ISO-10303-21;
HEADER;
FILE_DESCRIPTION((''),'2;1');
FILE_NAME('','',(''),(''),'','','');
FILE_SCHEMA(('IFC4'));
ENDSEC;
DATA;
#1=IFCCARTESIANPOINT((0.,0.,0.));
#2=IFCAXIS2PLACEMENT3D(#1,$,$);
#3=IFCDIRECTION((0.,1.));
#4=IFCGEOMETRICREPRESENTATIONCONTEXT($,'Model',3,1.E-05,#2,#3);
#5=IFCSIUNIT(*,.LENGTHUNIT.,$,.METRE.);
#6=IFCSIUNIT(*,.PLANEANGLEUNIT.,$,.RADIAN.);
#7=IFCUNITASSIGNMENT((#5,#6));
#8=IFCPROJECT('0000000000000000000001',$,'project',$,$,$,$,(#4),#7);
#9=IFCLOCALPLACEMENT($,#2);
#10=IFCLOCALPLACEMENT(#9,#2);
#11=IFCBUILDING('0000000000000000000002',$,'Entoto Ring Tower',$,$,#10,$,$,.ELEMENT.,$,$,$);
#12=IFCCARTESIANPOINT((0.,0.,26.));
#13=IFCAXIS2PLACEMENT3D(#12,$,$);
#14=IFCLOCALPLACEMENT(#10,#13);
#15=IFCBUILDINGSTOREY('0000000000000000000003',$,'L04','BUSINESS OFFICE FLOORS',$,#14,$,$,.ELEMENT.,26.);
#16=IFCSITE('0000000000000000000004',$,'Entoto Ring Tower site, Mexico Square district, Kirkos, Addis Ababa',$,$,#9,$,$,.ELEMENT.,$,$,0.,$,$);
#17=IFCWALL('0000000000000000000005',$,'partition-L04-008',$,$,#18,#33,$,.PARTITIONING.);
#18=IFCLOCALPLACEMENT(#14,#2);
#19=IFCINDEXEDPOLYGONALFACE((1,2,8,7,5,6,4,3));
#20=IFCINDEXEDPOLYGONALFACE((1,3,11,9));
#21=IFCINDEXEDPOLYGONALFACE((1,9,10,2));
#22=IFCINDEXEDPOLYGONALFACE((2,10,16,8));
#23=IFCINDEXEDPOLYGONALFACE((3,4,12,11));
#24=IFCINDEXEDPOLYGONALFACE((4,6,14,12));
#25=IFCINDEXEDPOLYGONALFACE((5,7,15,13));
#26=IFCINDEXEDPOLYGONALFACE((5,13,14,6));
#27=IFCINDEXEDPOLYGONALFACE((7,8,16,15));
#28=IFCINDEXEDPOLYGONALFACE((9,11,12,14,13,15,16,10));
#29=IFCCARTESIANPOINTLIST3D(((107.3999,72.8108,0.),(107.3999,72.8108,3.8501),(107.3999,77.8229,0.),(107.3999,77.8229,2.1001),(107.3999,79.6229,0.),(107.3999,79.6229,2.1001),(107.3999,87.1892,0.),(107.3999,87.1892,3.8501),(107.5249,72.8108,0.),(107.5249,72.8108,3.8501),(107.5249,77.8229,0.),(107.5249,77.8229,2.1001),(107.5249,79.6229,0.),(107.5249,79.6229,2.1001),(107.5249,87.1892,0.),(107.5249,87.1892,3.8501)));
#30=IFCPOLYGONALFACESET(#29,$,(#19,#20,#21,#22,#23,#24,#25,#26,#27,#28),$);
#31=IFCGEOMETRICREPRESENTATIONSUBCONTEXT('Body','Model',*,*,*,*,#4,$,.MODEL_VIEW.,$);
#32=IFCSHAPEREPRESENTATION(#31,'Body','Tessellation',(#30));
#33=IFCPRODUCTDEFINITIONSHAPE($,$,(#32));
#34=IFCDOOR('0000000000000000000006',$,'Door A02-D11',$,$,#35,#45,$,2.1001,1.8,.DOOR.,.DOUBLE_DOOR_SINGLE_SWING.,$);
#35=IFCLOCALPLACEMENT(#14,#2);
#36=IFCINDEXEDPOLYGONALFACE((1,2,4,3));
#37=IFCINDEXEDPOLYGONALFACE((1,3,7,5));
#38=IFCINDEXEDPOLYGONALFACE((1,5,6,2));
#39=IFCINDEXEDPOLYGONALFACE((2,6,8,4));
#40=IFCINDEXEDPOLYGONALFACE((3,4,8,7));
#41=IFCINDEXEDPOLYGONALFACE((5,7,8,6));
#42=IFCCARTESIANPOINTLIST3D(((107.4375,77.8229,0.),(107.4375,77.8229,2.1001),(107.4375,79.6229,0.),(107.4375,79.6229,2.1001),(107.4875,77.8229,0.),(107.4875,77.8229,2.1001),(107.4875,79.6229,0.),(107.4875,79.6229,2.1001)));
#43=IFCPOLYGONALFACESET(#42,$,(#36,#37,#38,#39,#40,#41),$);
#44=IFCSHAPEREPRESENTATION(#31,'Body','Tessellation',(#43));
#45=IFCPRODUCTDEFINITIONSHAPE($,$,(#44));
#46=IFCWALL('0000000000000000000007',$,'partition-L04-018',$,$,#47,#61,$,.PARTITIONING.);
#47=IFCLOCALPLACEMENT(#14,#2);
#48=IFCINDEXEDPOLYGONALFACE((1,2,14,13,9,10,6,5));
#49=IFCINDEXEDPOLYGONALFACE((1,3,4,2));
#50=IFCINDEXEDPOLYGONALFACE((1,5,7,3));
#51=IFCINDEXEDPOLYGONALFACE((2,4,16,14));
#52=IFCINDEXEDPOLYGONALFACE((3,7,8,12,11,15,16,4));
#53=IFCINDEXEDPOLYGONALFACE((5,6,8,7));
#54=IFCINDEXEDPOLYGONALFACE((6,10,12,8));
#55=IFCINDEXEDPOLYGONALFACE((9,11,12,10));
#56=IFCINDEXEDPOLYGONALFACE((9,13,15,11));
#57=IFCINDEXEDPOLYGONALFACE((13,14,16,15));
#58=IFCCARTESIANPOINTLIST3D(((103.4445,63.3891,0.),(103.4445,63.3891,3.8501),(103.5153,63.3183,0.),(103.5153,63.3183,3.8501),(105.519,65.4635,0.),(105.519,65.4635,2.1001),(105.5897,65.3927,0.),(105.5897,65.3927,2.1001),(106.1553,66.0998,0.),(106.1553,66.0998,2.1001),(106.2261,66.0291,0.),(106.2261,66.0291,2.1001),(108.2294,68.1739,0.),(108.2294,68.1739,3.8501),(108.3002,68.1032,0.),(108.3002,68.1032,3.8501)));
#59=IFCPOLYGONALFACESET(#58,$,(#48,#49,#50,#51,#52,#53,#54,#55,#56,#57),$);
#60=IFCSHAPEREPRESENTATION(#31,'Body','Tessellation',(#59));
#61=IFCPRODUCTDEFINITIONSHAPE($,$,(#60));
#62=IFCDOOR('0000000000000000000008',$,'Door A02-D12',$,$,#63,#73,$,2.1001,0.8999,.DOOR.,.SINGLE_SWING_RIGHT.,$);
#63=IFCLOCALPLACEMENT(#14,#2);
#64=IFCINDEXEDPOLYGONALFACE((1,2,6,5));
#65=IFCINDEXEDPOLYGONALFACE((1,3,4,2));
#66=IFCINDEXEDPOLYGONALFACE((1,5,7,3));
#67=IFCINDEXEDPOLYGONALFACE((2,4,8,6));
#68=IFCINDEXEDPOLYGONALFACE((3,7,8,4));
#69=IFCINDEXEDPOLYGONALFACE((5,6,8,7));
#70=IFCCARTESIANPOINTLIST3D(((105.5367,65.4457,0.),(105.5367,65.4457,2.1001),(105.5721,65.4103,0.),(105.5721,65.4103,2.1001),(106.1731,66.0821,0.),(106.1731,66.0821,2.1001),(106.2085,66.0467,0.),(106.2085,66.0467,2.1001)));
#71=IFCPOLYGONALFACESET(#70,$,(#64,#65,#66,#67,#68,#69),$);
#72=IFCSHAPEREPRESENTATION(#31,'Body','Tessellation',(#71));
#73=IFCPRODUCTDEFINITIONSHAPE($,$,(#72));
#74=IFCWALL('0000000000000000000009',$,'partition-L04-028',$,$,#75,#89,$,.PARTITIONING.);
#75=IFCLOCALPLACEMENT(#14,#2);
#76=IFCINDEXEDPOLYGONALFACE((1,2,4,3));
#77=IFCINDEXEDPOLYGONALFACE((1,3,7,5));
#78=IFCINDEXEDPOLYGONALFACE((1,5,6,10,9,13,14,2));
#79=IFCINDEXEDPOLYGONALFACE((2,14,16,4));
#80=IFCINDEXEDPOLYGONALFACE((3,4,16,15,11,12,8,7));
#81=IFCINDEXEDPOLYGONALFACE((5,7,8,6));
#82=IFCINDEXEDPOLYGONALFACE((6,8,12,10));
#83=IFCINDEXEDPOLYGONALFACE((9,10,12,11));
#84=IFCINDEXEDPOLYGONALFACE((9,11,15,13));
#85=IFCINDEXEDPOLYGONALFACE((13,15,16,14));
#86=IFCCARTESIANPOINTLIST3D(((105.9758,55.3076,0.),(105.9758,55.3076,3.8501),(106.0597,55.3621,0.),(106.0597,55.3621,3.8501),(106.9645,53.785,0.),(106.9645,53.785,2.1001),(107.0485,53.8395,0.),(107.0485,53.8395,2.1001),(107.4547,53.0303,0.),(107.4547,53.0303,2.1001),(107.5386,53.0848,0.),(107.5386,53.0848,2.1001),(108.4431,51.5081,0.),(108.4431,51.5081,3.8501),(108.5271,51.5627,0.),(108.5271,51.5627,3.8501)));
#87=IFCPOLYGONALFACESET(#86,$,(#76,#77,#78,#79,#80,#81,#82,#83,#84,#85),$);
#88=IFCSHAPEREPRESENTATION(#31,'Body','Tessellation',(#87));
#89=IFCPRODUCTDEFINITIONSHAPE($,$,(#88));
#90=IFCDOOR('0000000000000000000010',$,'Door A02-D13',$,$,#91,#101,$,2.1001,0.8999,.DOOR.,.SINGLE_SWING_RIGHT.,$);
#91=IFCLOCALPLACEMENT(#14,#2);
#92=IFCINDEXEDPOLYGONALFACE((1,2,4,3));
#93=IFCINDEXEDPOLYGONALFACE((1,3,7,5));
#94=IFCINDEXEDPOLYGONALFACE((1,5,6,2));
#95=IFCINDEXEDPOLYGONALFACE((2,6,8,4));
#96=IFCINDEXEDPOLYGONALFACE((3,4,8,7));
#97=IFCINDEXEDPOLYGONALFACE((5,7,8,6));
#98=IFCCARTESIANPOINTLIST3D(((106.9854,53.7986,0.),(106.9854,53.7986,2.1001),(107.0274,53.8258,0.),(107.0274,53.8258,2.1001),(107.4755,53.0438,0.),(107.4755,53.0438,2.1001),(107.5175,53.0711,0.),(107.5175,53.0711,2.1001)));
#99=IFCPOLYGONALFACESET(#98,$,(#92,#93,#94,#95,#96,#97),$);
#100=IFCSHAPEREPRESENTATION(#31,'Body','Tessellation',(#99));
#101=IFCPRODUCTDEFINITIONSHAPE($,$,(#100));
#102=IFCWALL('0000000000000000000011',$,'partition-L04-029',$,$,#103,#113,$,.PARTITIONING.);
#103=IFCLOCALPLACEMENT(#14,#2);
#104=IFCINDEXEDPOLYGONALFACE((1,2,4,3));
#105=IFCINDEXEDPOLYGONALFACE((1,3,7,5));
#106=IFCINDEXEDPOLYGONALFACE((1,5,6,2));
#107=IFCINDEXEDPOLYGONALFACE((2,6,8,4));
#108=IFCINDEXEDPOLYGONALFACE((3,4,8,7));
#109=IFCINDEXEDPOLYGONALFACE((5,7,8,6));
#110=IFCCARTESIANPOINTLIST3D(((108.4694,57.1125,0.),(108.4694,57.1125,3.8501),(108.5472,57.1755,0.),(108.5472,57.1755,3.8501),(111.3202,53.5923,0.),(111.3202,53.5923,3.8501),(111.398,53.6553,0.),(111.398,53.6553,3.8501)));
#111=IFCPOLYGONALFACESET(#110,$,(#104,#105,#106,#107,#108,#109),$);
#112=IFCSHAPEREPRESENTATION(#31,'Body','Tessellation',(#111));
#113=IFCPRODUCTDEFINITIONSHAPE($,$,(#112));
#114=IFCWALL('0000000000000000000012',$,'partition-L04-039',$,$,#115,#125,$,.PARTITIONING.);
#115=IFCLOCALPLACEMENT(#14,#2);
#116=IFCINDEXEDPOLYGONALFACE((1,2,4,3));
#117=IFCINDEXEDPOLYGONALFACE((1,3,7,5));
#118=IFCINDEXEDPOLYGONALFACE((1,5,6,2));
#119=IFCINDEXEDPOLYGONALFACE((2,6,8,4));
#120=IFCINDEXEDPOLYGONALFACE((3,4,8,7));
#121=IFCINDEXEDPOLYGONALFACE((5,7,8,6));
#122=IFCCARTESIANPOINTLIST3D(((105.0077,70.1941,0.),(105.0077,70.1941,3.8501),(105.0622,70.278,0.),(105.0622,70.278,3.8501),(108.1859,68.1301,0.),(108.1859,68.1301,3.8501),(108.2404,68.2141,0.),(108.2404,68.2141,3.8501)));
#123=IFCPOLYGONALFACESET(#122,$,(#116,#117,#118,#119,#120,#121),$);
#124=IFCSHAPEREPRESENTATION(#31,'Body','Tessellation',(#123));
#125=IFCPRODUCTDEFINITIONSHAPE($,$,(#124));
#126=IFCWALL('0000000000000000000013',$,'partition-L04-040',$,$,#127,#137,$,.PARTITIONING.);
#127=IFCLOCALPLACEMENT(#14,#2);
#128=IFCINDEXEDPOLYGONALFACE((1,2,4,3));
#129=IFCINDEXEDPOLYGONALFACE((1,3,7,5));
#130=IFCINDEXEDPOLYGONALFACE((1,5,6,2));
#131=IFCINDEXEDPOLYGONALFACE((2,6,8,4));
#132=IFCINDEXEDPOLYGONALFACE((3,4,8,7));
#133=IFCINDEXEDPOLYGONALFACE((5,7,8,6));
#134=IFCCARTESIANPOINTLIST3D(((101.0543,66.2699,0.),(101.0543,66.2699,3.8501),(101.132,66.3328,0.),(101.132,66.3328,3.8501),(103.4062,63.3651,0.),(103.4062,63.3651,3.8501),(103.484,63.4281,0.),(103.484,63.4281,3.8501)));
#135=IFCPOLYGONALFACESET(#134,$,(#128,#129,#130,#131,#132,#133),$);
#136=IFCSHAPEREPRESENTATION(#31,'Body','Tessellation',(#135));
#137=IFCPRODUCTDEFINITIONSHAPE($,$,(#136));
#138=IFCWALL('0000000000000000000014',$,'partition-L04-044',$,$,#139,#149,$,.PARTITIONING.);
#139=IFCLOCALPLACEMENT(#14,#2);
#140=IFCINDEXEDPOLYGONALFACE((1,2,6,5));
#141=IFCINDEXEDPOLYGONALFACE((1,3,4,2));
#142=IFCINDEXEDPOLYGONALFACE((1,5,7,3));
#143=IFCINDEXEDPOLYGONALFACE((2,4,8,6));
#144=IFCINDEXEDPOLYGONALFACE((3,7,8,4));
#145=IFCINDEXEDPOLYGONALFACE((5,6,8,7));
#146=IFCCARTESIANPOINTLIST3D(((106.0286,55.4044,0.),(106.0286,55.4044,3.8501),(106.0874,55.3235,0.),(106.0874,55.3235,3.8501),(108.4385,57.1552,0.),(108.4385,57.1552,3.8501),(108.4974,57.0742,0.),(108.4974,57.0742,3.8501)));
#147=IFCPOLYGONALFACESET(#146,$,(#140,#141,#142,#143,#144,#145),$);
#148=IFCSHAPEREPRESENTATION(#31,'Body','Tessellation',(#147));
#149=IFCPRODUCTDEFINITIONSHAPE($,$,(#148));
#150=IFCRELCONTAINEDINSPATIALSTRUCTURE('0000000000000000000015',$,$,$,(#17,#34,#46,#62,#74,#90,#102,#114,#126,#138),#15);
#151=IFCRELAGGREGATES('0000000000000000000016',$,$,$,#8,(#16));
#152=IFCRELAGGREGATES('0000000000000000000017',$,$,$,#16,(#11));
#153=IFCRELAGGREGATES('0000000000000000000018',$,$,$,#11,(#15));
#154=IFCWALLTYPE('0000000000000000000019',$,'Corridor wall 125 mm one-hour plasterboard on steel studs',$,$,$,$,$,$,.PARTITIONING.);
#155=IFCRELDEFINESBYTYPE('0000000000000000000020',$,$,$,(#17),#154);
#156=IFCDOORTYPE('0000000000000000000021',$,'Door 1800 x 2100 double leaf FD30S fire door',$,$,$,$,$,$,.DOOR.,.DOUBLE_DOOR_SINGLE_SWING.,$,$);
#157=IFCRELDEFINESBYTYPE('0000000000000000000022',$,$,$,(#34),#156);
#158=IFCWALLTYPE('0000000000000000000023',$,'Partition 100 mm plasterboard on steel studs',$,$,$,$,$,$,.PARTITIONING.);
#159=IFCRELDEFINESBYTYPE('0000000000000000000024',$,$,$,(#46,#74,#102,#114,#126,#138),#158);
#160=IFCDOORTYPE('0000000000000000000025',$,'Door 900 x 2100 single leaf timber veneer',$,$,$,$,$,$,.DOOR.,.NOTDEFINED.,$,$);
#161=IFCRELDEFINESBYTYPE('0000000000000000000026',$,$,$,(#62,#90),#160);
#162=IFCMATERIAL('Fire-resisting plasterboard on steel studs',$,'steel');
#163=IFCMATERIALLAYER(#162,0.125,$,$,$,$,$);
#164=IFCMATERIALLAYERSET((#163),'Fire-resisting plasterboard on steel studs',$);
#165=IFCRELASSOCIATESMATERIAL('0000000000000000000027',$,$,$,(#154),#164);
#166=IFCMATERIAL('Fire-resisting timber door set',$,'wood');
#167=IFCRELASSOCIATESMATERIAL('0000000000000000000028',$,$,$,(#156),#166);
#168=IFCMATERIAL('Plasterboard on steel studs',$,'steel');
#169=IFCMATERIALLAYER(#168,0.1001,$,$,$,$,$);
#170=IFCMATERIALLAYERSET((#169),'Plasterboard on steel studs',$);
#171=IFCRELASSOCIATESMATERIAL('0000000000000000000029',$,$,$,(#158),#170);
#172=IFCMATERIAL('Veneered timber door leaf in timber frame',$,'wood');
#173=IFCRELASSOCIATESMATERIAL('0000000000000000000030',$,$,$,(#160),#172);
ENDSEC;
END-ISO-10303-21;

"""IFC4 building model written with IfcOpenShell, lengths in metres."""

from ifc_helpers import new_model, si_unit, direction, frame, frame_2d, origin, place, context, subcontext, project, spatial, rectangle, extrude, material, layer, layer_set, type_object, element, fill, save


model = new_model("IFC4")

# Units and contexts
model_context = context("Model", 3, precision=1e-05, world=origin(), true_north=direction((0.0, 1.0)))
body_context = subcontext(model_context, "Body", "Model", "MODEL_VIEW")
ifc_project = project(units=[si_unit("LENGTHUNIT", "METRE"), si_unit("PLANEANGLEUNIT", "RADIAN")], contexts=[model_context])

# Site, building, storey
site_placement = place(None, origin())
site = spatial("IfcSite", under=ifc_project, at=site_placement, Name="Entoto Ring Tower site, Mexico Square district, Kirkos, Addis Ababa", CompositionType="ELEMENT", RefElevation=0.0)
building_placement = place(site_placement, origin())
building = spatial("IfcBuilding", under=site, at=building_placement, Name="Entoto Ring Tower", CompositionType="ELEMENT")
storey_placement = place(building_placement, frame((0.0, 0.0, 26.0)))
storey = spatial("IfcBuildingStorey", under=building, at=storey_placement, Name="L04", Description="BUSINESS OFFICE FLOORS", CompositionType="ELEMENT", Elevation=26.0)

# Walls, openings, doors
ifc_material_1 = material(Name="Fire-resisting plasterboard on steel studs", Category="steel")
ifc_layer_1 = layer(ifc_material_1, 0.125)
ifc_layer_set_1 = layer_set([ifc_layer_1], Name="Fire-resisting plasterboard on steel studs")
wall_type_1 = type_object("IfcWallType", Name="Corridor wall 125 mm one-hour plasterboard on steel studs", PredefinedType="PARTITIONING", material=ifc_layer_set_1)
wall_1_placement = place(storey_placement, frame((107.4624, 72.8108, 0.0), z_axis=(0.0, 0.0, 1.0), x_axis=(0.0, 1.0, 0.0)))
wall_1 = element("IfcWall", 1, at=wall_1_placement, inside=storey, type_object=wall_type_1, Name="partition-L04-008", PredefinedType="PARTITIONING", context=body_context, shape_type="SweptSolid", body=[
    extrude(rectangle(XDim=14.3784, YDim=0.125, at=frame_2d((7.1892, 0.0))), origin(), (0.0, 0.0, 1.0), 3.8501),
])
opening_1_placement = place(wall_1_placement, frame((5.0122, 0.0, 0.0)))
opening_1 = element("IfcOpeningElement", 2, at=opening_1_placement, cuts=wall_1, PredefinedType="OPENING", context=body_context, shape_type="SweptSolid", body=[
    extrude(rectangle(XDim=1.8, YDim=2.1001, at=frame_2d((0.8999, 1.05))), frame((0.0, 0.0725, 0.0), z_axis=(0.0, -1.0, 0.0), x_axis=(1.0, 0.0, 0.0)), (0.0, 0.0, 1.0), 0.145),
])
ifc_material_2 = material(Name="Fire-resisting timber door set", Category="wood")
door_type_1 = type_object("IfcDoorType", Name="Door 1800 x 2100 double leaf FD30S fire door", OperationType="DOUBLE_DOOR_SINGLE_SWING", PredefinedType="DOOR", material=ifc_material_2)
door_1_placement = place(opening_1_placement, origin())
door_1 = element("IfcDoor", 3, at=door_1_placement, inside=storey, type_object=door_type_1, Name="Door A02-D11", OperationType="DOUBLE_DOOR_SINGLE_SWING", OverallHeight=2.1001, OverallWidth=1.8, PredefinedType="DOOR", context=body_context, shape_type="SweptSolid", body=[
    extrude(rectangle(XDim=1.8, YDim=2.1001, at=frame_2d((0.8999, 1.05))), frame((0.0, 0.0249, 0.0), z_axis=(0.0, -1.0, 0.0), x_axis=(1.0, 0.0, 0.0)), (0.0, 0.0, 1.0), 0.05),
])
fill(opening_1, door_1)
ifc_material_3 = material(Name="Plasterboard on steel studs", Category="steel")
ifc_layer_2 = layer(ifc_material_3, 0.1001)
ifc_layer_set_2 = layer_set([ifc_layer_2], Name="Plasterboard on steel studs")
wall_type_2 = type_object("IfcWallType", Name="Partition 100 mm plasterboard on steel studs", PredefinedType="PARTITIONING", material=ifc_layer_set_2)
wall_2_placement = place(storey_placement, frame((103.48, 63.3538, 0.0), z_axis=(0.0, 0.0, 1.0), x_axis=(0.707107, 0.707107, 0.0)))
wall_2 = element("IfcWall", 4, at=wall_2_placement, inside=storey, type_object=wall_type_2, Name="partition-L04-018", PredefinedType="PARTITIONING", context=body_context, shape_type="SweptSolid", body=[
    extrude(rectangle(XDim=6.7668, YDim=0.1001, at=frame_2d((3.3833, 0.0))), origin(), (0.0, 0.0, 1.0), 3.8501),
])
opening_2_placement = place(wall_2_placement, frame((2.9336, 0.0, 0.0)))
opening_2 = element("IfcOpeningElement", 5, at=opening_2_placement, cuts=wall_2, PredefinedType="OPENING", context=body_context, shape_type="SweptSolid", body=[
    extrude(rectangle(XDim=0.8999, YDim=2.1001, at=frame_2d((0.45, 1.05))), frame((0.0, 0.0601, 0.0), z_axis=(0.0, -1.0, 0.0), x_axis=(1.0, 0.0, 0.0)), (0.0, 0.0, 1.0), 0.1201),
])
ifc_material_4 = material(Name="Veneered timber door leaf in timber frame", Category="wood")
door_type_2 = type_object("IfcDoorType", Name="Door 900 x 2100 single leaf timber veneer", OperationType="NOTDEFINED", PredefinedType="DOOR", material=ifc_material_4)
door_2_placement = place(opening_2_placement, origin())
door_2 = element("IfcDoor", 6, at=door_2_placement, inside=storey, type_object=door_type_2, Name="Door A02-D12", OperationType="SINGLE_SWING_RIGHT", OverallHeight=2.1001, OverallWidth=0.8999, PredefinedType="DOOR", context=body_context, shape_type="SweptSolid", body=[
    extrude(rectangle(XDim=0.8999, YDim=2.1001, at=frame_2d((0.45, 1.05))), frame((0.0, 0.0249, 0.0), z_axis=(0.0, -1.0, 0.0), x_axis=(1.0, 0.0, 0.0)), (0.0, 0.0, 1.0), 0.05),
])
fill(opening_2, door_2)
wall_3_placement = place(storey_placement, frame((108.4851, 51.5354, 0.0), z_axis=(0.0, 0.0, 1.0), x_axis=(-0.544636, 0.838673, 0.0)))
wall_3 = element("IfcWall", 7, at=wall_3_placement, inside=storey, type_object=wall_type_2, Name="partition-L04-028", PredefinedType="PARTITIONING", context=body_context, shape_type="SweptSolid", body=[
    extrude(rectangle(XDim=4.5303, YDim=0.1001, at=frame_2d((2.2651, 0.0))), origin(), (0.0, 0.0, 1.0), 3.8501),
])
opening_3_placement = place(wall_3_placement, frame((1.8149, 0.0, 0.0)))
opening_3 = element("IfcOpeningElement", 8, at=opening_3_placement, cuts=wall_3, PredefinedType="OPENING", context=body_context, shape_type="SweptSolid", body=[
    extrude(rectangle(XDim=0.8999, YDim=2.1001, at=frame_2d((0.45, 1.05))), frame((0.0, 0.0601, 0.0), z_axis=(0.0, -1.0, 0.0), x_axis=(1.0, 0.0, 0.0)), (0.0, 0.0, 1.0), 0.1201),
])
door_3_placement = place(opening_3_placement, frame((0.8999, 0.0, 0.0), z_axis=(0.0, 0.0, 1.0), x_axis=(-1.0, 0.0, 0.0)))
door_3 = element("IfcDoor", 9, at=door_3_placement, inside=storey, type_object=door_type_2, Name="Door A02-D13", OperationType="SINGLE_SWING_RIGHT", OverallHeight=2.1001, OverallWidth=0.8999, PredefinedType="DOOR", context=body_context, shape_type="SweptSolid", body=[
    extrude(rectangle(XDim=0.8999, YDim=2.1001, at=frame_2d((0.45, 1.05))), frame((0.0, 0.0249, 0.0), z_axis=(0.0, -1.0, 0.0), x_axis=(1.0, 0.0, 0.0)), (0.0, 0.0, 1.0), 0.05),
])
fill(opening_3, door_3)

# Walls
wall_4_placement = place(storey_placement, frame((111.3591, 53.6238, 0.0), z_axis=(0.0, 0.0, 1.0), x_axis=(-0.629344, 0.777127, 0.0)))
element("IfcWall", 10, at=wall_4_placement, inside=storey, type_object=wall_type_2, Name="partition-L04-029", PredefinedType="PARTITIONING", context=body_context, shape_type="SweptSolid", body=[
    extrude(rectangle(XDim=4.5298, YDim=0.1001, at=frame_2d((2.2649, 0.0))), origin(), (0.0, 0.0, 1.0), 3.8501),
])
wall_5_placement = place(storey_placement, frame((108.2131, 68.1721, 0.0), z_axis=(0.0, 0.0, 1.0), x_axis=(-0.83867, 0.54464, 0.0)))
element("IfcWall", 11, at=wall_5_placement, inside=storey, type_object=wall_type_2, Name="partition-L04-039", PredefinedType="PARTITIONING", context=body_context, shape_type="SweptSolid", body=[
    extrude(rectangle(XDim=3.7896, YDim=0.1001, at=frame_2d((1.8948, 0.0))), origin(), (0.0, 0.0, 1.0), 3.8501),
])
wall_6_placement = place(storey_placement, frame((103.4451, 63.3967, 0.0), z_axis=(0.0, 0.0, 1.0), x_axis=(-0.629288, 0.777172, 0.0)))
element("IfcWall", 12, at=wall_6_placement, inside=storey, type_object=wall_type_2, Name="partition-L04-040", PredefinedType="PARTITIONING", context=body_context, shape_type="SweptSolid", body=[
    extrude(rectangle(XDim=3.7375, YDim=0.1001, at=frame_2d((1.8687, 0.0))), origin(), (0.0, 0.0, 1.0), 3.8501),
])
wall_7_placement = place(storey_placement, frame((106.0581, 55.364, 0.0), z_axis=(0.0, 0.0, 1.0), x_axis=(0.809044, 0.587748, 0.0)))
element("IfcWall", 13, at=wall_7_placement, inside=storey, type_object=wall_type_2, Name="partition-L04-044", PredefinedType="PARTITIONING", context=body_context, shape_type="SweptSolid", body=[
    extrude(rectangle(XDim=2.9788, YDim=0.1001, at=frame_2d((1.4893, 0.0))), origin(), (0.0, 0.0, 1.0), 3.8501),
])

save(model, "model.ifc")
